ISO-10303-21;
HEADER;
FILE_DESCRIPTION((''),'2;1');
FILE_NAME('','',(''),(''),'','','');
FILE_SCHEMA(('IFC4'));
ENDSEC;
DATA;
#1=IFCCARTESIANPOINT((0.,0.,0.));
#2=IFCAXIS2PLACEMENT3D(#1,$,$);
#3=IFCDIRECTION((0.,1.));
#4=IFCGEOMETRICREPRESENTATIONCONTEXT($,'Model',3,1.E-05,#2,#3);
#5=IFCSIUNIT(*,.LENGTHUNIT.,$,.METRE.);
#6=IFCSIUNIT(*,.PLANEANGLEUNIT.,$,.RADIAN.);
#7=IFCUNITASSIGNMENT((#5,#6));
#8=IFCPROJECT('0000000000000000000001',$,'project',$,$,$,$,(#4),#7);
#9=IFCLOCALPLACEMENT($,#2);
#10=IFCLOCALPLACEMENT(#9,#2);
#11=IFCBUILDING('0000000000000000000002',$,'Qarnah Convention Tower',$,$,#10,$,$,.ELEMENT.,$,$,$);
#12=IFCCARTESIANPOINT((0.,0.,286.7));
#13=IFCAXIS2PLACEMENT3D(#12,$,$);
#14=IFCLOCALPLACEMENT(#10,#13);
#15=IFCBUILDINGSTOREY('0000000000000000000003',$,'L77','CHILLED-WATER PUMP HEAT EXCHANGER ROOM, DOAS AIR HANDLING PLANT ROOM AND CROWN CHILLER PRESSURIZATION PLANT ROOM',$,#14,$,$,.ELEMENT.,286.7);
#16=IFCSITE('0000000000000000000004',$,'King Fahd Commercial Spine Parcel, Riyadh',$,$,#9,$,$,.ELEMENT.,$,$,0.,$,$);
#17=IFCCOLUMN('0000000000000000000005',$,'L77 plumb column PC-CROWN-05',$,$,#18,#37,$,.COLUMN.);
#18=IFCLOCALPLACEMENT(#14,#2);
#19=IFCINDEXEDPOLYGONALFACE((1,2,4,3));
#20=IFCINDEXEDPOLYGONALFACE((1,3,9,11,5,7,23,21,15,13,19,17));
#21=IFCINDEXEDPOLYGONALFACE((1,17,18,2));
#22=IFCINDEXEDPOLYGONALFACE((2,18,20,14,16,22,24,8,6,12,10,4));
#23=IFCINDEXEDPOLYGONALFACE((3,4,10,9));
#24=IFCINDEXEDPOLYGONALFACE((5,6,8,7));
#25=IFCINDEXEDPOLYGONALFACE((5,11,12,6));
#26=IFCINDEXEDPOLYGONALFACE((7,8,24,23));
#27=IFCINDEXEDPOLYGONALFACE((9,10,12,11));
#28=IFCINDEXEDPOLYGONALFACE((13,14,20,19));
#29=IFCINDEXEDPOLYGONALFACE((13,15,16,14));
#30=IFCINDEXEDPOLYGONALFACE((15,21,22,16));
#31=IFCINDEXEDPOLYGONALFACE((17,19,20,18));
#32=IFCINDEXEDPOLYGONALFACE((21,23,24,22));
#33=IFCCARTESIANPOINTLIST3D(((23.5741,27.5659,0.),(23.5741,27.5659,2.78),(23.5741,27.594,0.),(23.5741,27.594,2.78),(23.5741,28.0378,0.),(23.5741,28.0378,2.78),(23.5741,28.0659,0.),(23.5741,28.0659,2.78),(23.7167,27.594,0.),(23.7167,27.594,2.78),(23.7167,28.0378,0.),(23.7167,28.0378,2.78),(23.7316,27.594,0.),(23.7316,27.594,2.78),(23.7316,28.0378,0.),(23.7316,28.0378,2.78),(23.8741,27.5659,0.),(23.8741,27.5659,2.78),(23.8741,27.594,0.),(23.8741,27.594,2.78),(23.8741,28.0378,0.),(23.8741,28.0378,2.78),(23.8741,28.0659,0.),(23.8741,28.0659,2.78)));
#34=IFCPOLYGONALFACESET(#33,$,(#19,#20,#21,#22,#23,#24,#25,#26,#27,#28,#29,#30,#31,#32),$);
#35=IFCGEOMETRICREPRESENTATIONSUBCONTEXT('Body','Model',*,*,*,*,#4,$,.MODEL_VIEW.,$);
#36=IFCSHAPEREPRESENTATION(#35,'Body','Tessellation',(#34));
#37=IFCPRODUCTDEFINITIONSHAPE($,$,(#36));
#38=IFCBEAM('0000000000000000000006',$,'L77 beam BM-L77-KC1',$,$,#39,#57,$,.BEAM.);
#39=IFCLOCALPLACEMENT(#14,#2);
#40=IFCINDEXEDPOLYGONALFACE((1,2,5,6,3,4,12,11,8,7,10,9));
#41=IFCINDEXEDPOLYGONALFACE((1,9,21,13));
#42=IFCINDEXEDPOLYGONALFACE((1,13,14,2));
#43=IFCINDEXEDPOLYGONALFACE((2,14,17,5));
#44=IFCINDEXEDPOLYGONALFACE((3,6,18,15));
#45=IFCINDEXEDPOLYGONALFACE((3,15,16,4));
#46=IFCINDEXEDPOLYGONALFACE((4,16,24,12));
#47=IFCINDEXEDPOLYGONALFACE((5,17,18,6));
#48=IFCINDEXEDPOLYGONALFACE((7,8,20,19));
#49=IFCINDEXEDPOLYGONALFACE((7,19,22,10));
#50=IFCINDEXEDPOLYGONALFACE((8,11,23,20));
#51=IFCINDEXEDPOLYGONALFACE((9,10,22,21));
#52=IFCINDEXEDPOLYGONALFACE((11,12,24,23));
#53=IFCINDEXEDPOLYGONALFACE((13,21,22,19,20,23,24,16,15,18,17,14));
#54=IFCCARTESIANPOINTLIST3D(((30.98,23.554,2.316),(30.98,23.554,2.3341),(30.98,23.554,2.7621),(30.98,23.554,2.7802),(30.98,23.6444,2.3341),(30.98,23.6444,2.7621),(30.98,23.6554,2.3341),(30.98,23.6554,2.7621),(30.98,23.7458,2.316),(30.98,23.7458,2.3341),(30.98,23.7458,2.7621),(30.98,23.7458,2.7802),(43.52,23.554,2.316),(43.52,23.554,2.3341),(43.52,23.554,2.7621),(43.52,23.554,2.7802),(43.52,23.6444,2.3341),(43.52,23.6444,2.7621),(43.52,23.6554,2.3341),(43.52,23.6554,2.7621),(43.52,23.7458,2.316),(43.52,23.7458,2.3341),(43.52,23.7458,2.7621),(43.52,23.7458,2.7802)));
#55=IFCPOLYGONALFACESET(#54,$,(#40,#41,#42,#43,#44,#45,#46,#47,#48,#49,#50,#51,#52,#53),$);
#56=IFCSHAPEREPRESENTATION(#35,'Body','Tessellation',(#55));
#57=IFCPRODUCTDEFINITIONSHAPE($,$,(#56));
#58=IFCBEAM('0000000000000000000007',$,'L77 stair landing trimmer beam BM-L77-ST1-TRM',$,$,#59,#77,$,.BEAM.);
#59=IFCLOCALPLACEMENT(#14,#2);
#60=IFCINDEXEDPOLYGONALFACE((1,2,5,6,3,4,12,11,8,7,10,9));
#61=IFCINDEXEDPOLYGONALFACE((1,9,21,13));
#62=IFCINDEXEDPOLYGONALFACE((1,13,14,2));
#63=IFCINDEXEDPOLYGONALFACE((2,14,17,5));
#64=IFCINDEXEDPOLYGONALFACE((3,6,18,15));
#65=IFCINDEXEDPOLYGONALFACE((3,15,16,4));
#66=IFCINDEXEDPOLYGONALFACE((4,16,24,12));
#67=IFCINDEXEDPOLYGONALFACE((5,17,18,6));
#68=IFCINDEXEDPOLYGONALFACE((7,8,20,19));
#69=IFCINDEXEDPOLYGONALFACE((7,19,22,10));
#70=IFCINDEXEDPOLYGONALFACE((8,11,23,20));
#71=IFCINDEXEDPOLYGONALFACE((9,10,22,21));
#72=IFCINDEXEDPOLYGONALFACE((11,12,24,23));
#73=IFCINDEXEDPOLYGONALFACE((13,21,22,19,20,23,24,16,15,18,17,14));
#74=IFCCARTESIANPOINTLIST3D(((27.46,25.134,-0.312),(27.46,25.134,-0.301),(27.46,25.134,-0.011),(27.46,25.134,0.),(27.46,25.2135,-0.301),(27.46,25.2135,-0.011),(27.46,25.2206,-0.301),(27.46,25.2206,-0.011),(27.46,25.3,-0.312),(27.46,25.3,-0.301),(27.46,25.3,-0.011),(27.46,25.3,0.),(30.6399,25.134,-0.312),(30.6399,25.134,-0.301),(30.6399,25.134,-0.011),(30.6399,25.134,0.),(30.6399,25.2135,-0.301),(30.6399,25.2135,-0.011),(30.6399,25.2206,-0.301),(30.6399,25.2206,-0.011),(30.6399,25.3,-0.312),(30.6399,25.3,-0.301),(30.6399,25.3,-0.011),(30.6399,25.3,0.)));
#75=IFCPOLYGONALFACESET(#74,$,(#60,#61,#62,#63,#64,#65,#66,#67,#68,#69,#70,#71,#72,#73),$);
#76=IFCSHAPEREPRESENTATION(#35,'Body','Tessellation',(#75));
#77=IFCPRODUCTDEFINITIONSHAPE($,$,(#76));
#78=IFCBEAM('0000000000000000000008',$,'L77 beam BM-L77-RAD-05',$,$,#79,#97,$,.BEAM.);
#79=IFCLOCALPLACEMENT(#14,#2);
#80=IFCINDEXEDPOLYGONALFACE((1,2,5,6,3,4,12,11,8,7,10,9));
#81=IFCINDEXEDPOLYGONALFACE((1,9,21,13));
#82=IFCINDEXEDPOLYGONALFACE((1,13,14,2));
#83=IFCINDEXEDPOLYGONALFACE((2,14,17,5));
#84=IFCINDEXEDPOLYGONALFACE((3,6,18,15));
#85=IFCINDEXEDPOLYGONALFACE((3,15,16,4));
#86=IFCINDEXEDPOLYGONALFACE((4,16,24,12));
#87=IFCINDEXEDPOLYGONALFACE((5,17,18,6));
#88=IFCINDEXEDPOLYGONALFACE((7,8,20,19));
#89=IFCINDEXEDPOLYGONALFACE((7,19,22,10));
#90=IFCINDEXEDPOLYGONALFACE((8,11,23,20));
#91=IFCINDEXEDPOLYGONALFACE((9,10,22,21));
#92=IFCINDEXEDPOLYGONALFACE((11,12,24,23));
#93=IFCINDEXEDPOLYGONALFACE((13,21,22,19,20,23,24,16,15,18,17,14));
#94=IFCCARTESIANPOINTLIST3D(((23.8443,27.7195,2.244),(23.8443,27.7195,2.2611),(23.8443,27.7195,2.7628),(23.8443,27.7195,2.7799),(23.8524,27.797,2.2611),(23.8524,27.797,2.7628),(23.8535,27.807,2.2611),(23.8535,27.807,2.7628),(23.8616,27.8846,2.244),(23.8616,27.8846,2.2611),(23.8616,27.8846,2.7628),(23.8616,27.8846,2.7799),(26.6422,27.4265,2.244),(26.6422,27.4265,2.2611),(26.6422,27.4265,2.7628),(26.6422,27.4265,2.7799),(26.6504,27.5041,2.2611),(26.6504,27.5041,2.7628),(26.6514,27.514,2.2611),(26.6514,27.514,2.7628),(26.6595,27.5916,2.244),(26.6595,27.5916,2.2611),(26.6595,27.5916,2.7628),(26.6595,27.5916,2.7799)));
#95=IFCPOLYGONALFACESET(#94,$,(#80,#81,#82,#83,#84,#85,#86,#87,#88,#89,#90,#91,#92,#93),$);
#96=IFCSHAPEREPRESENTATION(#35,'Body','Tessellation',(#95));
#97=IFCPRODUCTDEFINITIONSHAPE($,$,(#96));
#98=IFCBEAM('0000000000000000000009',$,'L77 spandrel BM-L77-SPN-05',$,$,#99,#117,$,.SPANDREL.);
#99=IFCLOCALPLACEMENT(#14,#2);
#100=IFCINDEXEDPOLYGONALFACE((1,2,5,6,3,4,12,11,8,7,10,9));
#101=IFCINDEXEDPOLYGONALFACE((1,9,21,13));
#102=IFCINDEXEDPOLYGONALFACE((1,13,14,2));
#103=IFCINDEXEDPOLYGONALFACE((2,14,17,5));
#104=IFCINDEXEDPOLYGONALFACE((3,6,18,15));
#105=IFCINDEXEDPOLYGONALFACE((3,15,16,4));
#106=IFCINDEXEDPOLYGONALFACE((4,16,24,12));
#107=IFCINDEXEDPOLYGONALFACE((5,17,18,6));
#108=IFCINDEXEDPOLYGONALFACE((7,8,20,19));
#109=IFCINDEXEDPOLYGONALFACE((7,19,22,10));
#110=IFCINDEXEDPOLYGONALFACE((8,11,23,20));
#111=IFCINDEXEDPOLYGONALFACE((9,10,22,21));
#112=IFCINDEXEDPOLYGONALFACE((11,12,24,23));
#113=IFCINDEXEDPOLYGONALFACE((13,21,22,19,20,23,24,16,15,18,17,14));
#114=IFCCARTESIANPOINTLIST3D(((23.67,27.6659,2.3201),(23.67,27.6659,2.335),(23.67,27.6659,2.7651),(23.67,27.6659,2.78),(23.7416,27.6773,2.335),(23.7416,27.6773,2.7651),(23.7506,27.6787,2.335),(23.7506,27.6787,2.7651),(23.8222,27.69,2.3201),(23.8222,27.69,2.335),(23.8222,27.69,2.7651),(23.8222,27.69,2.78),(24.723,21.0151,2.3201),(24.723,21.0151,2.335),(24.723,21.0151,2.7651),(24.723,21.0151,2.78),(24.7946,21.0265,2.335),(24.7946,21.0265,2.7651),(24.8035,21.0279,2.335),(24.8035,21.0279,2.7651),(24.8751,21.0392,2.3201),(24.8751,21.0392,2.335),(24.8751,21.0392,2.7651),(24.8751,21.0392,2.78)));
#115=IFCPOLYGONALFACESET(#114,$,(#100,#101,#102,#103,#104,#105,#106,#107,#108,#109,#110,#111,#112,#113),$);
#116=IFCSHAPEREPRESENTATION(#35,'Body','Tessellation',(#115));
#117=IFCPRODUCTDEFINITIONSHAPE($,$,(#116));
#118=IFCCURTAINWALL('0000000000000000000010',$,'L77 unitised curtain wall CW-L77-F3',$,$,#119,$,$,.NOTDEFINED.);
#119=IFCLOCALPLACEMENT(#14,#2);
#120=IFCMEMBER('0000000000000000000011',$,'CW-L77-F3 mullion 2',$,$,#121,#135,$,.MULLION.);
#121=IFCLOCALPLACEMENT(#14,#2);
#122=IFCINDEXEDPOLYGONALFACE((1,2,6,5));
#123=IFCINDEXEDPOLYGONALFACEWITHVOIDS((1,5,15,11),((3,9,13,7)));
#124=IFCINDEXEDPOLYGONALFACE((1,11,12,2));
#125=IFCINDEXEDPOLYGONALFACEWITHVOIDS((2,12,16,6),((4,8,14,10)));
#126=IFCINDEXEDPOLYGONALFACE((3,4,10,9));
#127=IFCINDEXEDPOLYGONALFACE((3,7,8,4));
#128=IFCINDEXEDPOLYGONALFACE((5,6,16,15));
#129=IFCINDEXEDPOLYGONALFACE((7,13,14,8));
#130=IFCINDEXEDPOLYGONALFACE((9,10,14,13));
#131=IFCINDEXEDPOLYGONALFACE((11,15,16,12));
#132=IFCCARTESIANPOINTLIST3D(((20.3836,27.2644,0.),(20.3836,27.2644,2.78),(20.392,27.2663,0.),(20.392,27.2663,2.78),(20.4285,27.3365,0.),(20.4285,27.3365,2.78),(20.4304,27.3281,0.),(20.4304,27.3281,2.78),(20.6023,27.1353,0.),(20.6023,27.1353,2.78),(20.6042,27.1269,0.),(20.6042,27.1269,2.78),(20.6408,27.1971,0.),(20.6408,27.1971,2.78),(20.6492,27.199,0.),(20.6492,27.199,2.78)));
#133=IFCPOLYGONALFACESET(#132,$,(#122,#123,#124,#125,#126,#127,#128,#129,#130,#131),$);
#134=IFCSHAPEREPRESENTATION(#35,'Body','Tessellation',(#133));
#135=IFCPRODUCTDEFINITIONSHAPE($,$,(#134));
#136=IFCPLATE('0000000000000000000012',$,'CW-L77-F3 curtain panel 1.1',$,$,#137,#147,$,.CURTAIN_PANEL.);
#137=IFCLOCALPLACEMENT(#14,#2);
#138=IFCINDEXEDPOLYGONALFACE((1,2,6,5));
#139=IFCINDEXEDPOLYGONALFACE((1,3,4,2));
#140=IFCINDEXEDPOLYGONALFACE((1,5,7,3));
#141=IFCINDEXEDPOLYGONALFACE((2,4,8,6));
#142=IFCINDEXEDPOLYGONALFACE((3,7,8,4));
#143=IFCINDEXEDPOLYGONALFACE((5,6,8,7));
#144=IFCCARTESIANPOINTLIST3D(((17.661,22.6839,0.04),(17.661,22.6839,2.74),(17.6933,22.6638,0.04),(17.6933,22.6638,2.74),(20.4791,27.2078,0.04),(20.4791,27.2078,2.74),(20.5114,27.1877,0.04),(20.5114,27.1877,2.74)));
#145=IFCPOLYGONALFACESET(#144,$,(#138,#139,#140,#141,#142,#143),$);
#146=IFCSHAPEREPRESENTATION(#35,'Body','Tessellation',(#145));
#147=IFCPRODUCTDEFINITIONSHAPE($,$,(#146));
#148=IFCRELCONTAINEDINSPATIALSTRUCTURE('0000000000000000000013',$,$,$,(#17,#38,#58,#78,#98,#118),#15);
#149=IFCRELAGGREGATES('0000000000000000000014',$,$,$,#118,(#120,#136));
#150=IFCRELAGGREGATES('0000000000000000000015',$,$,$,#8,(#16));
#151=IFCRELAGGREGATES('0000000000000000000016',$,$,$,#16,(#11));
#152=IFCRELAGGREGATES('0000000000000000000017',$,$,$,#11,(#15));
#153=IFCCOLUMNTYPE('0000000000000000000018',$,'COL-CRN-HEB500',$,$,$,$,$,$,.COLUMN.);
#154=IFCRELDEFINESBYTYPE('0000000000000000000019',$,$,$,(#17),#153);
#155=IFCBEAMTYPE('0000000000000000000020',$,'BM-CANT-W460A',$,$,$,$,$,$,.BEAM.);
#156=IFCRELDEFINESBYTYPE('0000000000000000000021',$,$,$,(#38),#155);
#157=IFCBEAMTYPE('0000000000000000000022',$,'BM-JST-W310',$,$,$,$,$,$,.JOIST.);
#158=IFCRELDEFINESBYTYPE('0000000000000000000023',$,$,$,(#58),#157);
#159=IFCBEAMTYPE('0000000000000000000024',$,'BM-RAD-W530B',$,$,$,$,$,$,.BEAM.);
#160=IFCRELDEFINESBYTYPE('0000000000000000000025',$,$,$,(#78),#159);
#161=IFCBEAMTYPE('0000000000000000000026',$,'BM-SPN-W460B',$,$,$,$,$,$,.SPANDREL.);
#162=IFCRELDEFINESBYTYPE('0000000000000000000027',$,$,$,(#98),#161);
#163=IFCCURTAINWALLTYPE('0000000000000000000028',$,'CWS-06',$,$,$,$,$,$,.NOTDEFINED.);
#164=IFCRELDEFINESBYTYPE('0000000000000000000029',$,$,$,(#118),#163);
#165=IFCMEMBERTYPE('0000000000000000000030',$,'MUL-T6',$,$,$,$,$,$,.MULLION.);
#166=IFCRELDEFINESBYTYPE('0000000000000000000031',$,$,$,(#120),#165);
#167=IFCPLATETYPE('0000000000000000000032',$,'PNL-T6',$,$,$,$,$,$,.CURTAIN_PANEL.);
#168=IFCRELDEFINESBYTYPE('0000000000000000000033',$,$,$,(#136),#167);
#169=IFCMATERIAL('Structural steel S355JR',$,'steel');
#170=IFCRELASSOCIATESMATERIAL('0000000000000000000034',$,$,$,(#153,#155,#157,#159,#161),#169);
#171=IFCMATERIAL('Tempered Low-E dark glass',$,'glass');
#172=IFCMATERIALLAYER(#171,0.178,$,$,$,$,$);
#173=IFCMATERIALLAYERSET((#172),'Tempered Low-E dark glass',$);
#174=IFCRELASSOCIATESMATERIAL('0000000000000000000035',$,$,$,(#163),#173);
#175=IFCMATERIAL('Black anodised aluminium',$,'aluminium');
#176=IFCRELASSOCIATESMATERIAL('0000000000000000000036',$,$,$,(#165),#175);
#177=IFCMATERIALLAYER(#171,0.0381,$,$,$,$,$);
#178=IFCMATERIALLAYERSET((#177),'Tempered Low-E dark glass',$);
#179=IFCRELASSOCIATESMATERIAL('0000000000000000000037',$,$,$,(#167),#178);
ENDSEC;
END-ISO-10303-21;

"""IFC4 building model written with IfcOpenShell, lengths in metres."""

from ifc_helpers import new_model, si_unit, direction, frame, origin, origin_2d, place, context, subcontext, project, spatial, rectangle, hollow_rectangle, i_section, extrude, material, layer, layer_set, material_profile, profile_set, type_object, element, aggregate, save


model = new_model("IFC4")

# Units and contexts
model_context = context("Model", 3, precision=1e-05, world=origin(), true_north=direction((0.0, 1.0)))
body_context = subcontext(model_context, "Body", "Model", "MODEL_VIEW")
ifc_project = project(units=[si_unit("LENGTHUNIT", "METRE"), si_unit("PLANEANGLEUNIT", "RADIAN")], contexts=[model_context])

# Site, building, storey
site_placement = place(None, origin())
site = spatial("IfcSite", under=ifc_project, at=site_placement, Name="King Fahd Commercial Spine Parcel, Riyadh", CompositionType="ELEMENT", RefElevation=0.0)
building_placement = place(site_placement, origin())
building = spatial("IfcBuilding", under=site, at=building_placement, Name="Qarnah Convention Tower", CompositionType="ELEMENT")
storey_placement = place(building_placement, frame((0.0, 0.0, 286.7)))
storey = spatial("IfcBuildingStorey", under=building, at=storey_placement, Name="L77", Description="CHILLED-WATER PUMP HEAT EXCHANGER ROOM, DOAS AIR HANDLING PLANT ROOM AND CROWN CHILLER PRESSURIZATION PLANT ROOM", CompositionType="ELEMENT", Elevation=286.7)

# Column
ifc_material_1 = material(Name="Structural steel S355JR", Category="steel")
ifc_material_profile_1 = material_profile(ifc_material_1, i_section(OverallWidth=0.3, OverallDepth=0.5, WebThickness=0.0149, FlangeThickness=0.0281, at=origin_2d()), Name="HEB500")
ifc_profile_set_1 = profile_set([ifc_material_profile_1], Name="Structural steel S355JR")
column_type = type_object("IfcColumnType", Name="COL-CRN-HEB500", PredefinedType="COLUMN", material=ifc_profile_set_1)
column_placement = place(storey_placement, frame((23.7241, 27.8159, 0.0), z_axis=(0.0, 0.0, 1.0), x_axis=(1.0, 0.0, 0.0)))
element("IfcColumn", 1, at=column_placement, inside=storey, type_object=column_type, Name="L77 plumb column PC-CROWN-05", PredefinedType="COLUMN", context=body_context, shape_type="SweptSolid", body=[
    extrude(i_section(OverallWidth=0.3, OverallDepth=0.5, WebThickness=0.0149, FlangeThickness=0.0281, at=origin_2d()), origin(), (0.0, 0.0, 1.0), 2.78),
])

# Beams
ifc_material_profile_2 = material_profile(ifc_material_1, i_section(OverallWidth=0.1919, OverallDepth=0.4641, WebThickness=0.011, FlangeThickness=0.0181, at=origin_2d()), Name="W460X89")
ifc_profile_set_2 = profile_set([ifc_material_profile_2], Name="Structural steel S355JR")
beam_type_1 = type_object("IfcBeamType", Name="BM-CANT-W460A", PredefinedType="BEAM", material=ifc_profile_set_2)
beam_1_placement = place(storey_placement, frame((30.98, 23.6499, 2.5481), z_axis=(1.0, 0.0, 0.0), x_axis=(0.0, 1.0, 0.0)))
element("IfcBeam", 2, at=beam_1_placement, inside=storey, type_object=beam_type_1, Name="L77 beam BM-L77-KC1", PredefinedType="BEAM", context=body_context, shape_type="SweptSolid", body=[
    extrude(i_section(OverallWidth=0.1919, OverallDepth=0.4641, WebThickness=0.011, FlangeThickness=0.0181, at=origin_2d()), origin(), (0.0, 0.0, 1.0), 12.54),
])
ifc_material_profile_3 = material_profile(ifc_material_1, i_section(OverallWidth=0.166, OverallDepth=0.312, WebThickness=0.0071, FlangeThickness=0.011, at=origin_2d()), Name="W310X45")
ifc_profile_set_3 = profile_set([ifc_material_profile_3], Name="Structural steel S355JR")
beam_type_2 = type_object("IfcBeamType", Name="BM-JST-W310", PredefinedType="JOIST", material=ifc_profile_set_3)
beam_2_placement = place(storey_placement, frame((27.46, 25.217, -0.156), z_axis=(1.0, 0.0, 0.0), x_axis=(0.0, 1.0, 0.0)))
element("IfcBeam", 3, at=beam_2_placement, inside=storey, type_object=beam_type_2, Name="L77 stair landing trimmer beam BM-L77-ST1-TRM", PredefinedType="BEAM", context=body_context, shape_type="SweptSolid", body=[
    extrude(i_section(OverallWidth=0.166, OverallDepth=0.312, WebThickness=0.0071, FlangeThickness=0.011, at=origin_2d()), origin(), (0.0, 0.0, 1.0), 3.1799),
])
ifc_material_profile_4 = material_profile(ifc_material_1, i_section(OverallWidth=0.166, OverallDepth=0.5359, WebThickness=0.01, FlangeThickness=0.0171, at=origin_2d()), Name="W530X85")
ifc_profile_set_4 = profile_set([ifc_material_profile_4], Name="Structural steel S355JR")
beam_type_3 = type_object("IfcBeamType", Name="BM-RAD-W530B", PredefinedType="BEAM", material=ifc_profile_set_4)
beam_3_placement = place(storey_placement, frame((26.6509, 27.509, 2.512), z_axis=(-0.994562, 0.104143, 0.0), x_axis=(-0.104143, -0.994562, 0.0)))
element("IfcBeam", 4, at=beam_3_placement, inside=storey, type_object=beam_type_3, Name="L77 beam BM-L77-RAD-05", PredefinedType="BEAM", context=body_context, shape_type="SweptSolid", body=[
    extrude(i_section(OverallWidth=0.166, OverallDepth=0.5359, WebThickness=0.01, FlangeThickness=0.0171, at=origin_2d()), origin(), (0.0, 0.0, 1.0), 2.8132),
])
ifc_material_profile_5 = material_profile(ifc_material_1, i_section(OverallWidth=0.1541, OverallDepth=0.46, WebThickness=0.009, FlangeThickness=0.0149, at=origin_2d()), Name="W460X68")
ifc_profile_set_5 = profile_set([ifc_material_profile_5], Name="Structural steel S355JR")
beam_type_4 = type_object("IfcBeamType", Name="BM-SPN-W460B", PredefinedType="SPANDREL", material=ifc_profile_set_5)
beam_4_placement = place(storey_placement, frame((23.7461, 27.678, 2.55), z_axis=(0.156374, -0.987698, 0.0), x_axis=(0.987698, 0.156374, 0.0)))
element("IfcBeam", 5, at=beam_4_placement, inside=storey, type_object=beam_type_4, Name="L77 spandrel BM-L77-SPN-05", PredefinedType="SPANDREL", context=body_context, shape_type="SweptSolid", body=[
    extrude(i_section(OverallWidth=0.1541, OverallDepth=0.46, WebThickness=0.009, FlangeThickness=0.0149, at=origin_2d()), origin(), (0.0, 0.0, 1.0), 6.7336),
])

# Curtain wall, member, plate
ifc_material_2 = material(Name="Tempered Low-E dark glass", Category="glass")
ifc_layer_1 = layer(ifc_material_2, 0.178)
ifc_layer_set_1 = layer_set([ifc_layer_1], Name="Tempered Low-E dark glass")
curtain_wall_type = type_object("IfcCurtainWallType", Name="CWS-06", PredefinedType="NOTDEFINED", material=ifc_layer_set_1)
curtain_wall_placement = place(storey_placement, origin())
curtain_wall = element("IfcCurtainWall", 6, at=curtain_wall_placement, inside=storey, type_object=curtain_wall_type, Name="L77 unitised curtain wall CW-L77-F3", PredefinedType="NOTDEFINED")
ifc_material_3 = material(Name="Black anodised aluminium", Category="aluminium")
ifc_material_profile_6 = material_profile(ifc_material_3, hollow_rectangle(XDim=0.085, YDim=0.26, WallThickness=0.0061, at=origin_2d()), Name="MUL-85X260")
ifc_profile_set_6 = profile_set([ifc_material_profile_6], Name="Black anodised aluminium")
member_type = type_object("IfcMemberType", Name="MUL-T6", PredefinedType="MULLION", material=ifc_profile_set_6)
member_placement = place(storey_placement, frame((20.5164, 27.2317, 0.0), z_axis=(0.0, 0.0, 1.0), x_axis=(0.528739, 0.848785, 0.0)))
member = element("IfcMember", 7, at=member_placement, type_object=member_type, Name="CW-L77-F3 mullion 2", PredefinedType="MULLION", context=body_context, shape_type="SweptSolid", body=[
    extrude(hollow_rectangle(XDim=0.085, YDim=0.26, WallThickness=0.0061, at=origin_2d()), origin(), (0.0, 0.0, 1.0), 2.78),
])
ifc_layer_2 = layer(ifc_material_2, 0.0381)
ifc_layer_set_2 = layer_set([ifc_layer_2], Name="Tempered Low-E dark glass")
plate_type = type_object("IfcPlateType", Name="PNL-T6", PredefinedType="CURTAIN_PANEL", material=ifc_layer_set_2)
plate_placement = place(storey_placement, frame((19.0862, 24.9358, 0.04), z_axis=(0.0, 0.0, 1.0), x_axis=(0.528739, 0.848785, 0.0)))
plate = element("IfcPlate", 8, at=plate_placement, type_object=plate_type, Name="CW-L77-F3 curtain panel 1.1", PredefinedType="CURTAIN_PANEL", context=body_context, shape_type="SweptSolid", body=[
    extrude(rectangle(XDim=5.3298, YDim=0.0381, at=origin_2d()), origin(), (0.0, 0.0, 1.0), 2.7),
])
aggregate(curtain_wall, [member, plate])

save(model, "model.ifc")
